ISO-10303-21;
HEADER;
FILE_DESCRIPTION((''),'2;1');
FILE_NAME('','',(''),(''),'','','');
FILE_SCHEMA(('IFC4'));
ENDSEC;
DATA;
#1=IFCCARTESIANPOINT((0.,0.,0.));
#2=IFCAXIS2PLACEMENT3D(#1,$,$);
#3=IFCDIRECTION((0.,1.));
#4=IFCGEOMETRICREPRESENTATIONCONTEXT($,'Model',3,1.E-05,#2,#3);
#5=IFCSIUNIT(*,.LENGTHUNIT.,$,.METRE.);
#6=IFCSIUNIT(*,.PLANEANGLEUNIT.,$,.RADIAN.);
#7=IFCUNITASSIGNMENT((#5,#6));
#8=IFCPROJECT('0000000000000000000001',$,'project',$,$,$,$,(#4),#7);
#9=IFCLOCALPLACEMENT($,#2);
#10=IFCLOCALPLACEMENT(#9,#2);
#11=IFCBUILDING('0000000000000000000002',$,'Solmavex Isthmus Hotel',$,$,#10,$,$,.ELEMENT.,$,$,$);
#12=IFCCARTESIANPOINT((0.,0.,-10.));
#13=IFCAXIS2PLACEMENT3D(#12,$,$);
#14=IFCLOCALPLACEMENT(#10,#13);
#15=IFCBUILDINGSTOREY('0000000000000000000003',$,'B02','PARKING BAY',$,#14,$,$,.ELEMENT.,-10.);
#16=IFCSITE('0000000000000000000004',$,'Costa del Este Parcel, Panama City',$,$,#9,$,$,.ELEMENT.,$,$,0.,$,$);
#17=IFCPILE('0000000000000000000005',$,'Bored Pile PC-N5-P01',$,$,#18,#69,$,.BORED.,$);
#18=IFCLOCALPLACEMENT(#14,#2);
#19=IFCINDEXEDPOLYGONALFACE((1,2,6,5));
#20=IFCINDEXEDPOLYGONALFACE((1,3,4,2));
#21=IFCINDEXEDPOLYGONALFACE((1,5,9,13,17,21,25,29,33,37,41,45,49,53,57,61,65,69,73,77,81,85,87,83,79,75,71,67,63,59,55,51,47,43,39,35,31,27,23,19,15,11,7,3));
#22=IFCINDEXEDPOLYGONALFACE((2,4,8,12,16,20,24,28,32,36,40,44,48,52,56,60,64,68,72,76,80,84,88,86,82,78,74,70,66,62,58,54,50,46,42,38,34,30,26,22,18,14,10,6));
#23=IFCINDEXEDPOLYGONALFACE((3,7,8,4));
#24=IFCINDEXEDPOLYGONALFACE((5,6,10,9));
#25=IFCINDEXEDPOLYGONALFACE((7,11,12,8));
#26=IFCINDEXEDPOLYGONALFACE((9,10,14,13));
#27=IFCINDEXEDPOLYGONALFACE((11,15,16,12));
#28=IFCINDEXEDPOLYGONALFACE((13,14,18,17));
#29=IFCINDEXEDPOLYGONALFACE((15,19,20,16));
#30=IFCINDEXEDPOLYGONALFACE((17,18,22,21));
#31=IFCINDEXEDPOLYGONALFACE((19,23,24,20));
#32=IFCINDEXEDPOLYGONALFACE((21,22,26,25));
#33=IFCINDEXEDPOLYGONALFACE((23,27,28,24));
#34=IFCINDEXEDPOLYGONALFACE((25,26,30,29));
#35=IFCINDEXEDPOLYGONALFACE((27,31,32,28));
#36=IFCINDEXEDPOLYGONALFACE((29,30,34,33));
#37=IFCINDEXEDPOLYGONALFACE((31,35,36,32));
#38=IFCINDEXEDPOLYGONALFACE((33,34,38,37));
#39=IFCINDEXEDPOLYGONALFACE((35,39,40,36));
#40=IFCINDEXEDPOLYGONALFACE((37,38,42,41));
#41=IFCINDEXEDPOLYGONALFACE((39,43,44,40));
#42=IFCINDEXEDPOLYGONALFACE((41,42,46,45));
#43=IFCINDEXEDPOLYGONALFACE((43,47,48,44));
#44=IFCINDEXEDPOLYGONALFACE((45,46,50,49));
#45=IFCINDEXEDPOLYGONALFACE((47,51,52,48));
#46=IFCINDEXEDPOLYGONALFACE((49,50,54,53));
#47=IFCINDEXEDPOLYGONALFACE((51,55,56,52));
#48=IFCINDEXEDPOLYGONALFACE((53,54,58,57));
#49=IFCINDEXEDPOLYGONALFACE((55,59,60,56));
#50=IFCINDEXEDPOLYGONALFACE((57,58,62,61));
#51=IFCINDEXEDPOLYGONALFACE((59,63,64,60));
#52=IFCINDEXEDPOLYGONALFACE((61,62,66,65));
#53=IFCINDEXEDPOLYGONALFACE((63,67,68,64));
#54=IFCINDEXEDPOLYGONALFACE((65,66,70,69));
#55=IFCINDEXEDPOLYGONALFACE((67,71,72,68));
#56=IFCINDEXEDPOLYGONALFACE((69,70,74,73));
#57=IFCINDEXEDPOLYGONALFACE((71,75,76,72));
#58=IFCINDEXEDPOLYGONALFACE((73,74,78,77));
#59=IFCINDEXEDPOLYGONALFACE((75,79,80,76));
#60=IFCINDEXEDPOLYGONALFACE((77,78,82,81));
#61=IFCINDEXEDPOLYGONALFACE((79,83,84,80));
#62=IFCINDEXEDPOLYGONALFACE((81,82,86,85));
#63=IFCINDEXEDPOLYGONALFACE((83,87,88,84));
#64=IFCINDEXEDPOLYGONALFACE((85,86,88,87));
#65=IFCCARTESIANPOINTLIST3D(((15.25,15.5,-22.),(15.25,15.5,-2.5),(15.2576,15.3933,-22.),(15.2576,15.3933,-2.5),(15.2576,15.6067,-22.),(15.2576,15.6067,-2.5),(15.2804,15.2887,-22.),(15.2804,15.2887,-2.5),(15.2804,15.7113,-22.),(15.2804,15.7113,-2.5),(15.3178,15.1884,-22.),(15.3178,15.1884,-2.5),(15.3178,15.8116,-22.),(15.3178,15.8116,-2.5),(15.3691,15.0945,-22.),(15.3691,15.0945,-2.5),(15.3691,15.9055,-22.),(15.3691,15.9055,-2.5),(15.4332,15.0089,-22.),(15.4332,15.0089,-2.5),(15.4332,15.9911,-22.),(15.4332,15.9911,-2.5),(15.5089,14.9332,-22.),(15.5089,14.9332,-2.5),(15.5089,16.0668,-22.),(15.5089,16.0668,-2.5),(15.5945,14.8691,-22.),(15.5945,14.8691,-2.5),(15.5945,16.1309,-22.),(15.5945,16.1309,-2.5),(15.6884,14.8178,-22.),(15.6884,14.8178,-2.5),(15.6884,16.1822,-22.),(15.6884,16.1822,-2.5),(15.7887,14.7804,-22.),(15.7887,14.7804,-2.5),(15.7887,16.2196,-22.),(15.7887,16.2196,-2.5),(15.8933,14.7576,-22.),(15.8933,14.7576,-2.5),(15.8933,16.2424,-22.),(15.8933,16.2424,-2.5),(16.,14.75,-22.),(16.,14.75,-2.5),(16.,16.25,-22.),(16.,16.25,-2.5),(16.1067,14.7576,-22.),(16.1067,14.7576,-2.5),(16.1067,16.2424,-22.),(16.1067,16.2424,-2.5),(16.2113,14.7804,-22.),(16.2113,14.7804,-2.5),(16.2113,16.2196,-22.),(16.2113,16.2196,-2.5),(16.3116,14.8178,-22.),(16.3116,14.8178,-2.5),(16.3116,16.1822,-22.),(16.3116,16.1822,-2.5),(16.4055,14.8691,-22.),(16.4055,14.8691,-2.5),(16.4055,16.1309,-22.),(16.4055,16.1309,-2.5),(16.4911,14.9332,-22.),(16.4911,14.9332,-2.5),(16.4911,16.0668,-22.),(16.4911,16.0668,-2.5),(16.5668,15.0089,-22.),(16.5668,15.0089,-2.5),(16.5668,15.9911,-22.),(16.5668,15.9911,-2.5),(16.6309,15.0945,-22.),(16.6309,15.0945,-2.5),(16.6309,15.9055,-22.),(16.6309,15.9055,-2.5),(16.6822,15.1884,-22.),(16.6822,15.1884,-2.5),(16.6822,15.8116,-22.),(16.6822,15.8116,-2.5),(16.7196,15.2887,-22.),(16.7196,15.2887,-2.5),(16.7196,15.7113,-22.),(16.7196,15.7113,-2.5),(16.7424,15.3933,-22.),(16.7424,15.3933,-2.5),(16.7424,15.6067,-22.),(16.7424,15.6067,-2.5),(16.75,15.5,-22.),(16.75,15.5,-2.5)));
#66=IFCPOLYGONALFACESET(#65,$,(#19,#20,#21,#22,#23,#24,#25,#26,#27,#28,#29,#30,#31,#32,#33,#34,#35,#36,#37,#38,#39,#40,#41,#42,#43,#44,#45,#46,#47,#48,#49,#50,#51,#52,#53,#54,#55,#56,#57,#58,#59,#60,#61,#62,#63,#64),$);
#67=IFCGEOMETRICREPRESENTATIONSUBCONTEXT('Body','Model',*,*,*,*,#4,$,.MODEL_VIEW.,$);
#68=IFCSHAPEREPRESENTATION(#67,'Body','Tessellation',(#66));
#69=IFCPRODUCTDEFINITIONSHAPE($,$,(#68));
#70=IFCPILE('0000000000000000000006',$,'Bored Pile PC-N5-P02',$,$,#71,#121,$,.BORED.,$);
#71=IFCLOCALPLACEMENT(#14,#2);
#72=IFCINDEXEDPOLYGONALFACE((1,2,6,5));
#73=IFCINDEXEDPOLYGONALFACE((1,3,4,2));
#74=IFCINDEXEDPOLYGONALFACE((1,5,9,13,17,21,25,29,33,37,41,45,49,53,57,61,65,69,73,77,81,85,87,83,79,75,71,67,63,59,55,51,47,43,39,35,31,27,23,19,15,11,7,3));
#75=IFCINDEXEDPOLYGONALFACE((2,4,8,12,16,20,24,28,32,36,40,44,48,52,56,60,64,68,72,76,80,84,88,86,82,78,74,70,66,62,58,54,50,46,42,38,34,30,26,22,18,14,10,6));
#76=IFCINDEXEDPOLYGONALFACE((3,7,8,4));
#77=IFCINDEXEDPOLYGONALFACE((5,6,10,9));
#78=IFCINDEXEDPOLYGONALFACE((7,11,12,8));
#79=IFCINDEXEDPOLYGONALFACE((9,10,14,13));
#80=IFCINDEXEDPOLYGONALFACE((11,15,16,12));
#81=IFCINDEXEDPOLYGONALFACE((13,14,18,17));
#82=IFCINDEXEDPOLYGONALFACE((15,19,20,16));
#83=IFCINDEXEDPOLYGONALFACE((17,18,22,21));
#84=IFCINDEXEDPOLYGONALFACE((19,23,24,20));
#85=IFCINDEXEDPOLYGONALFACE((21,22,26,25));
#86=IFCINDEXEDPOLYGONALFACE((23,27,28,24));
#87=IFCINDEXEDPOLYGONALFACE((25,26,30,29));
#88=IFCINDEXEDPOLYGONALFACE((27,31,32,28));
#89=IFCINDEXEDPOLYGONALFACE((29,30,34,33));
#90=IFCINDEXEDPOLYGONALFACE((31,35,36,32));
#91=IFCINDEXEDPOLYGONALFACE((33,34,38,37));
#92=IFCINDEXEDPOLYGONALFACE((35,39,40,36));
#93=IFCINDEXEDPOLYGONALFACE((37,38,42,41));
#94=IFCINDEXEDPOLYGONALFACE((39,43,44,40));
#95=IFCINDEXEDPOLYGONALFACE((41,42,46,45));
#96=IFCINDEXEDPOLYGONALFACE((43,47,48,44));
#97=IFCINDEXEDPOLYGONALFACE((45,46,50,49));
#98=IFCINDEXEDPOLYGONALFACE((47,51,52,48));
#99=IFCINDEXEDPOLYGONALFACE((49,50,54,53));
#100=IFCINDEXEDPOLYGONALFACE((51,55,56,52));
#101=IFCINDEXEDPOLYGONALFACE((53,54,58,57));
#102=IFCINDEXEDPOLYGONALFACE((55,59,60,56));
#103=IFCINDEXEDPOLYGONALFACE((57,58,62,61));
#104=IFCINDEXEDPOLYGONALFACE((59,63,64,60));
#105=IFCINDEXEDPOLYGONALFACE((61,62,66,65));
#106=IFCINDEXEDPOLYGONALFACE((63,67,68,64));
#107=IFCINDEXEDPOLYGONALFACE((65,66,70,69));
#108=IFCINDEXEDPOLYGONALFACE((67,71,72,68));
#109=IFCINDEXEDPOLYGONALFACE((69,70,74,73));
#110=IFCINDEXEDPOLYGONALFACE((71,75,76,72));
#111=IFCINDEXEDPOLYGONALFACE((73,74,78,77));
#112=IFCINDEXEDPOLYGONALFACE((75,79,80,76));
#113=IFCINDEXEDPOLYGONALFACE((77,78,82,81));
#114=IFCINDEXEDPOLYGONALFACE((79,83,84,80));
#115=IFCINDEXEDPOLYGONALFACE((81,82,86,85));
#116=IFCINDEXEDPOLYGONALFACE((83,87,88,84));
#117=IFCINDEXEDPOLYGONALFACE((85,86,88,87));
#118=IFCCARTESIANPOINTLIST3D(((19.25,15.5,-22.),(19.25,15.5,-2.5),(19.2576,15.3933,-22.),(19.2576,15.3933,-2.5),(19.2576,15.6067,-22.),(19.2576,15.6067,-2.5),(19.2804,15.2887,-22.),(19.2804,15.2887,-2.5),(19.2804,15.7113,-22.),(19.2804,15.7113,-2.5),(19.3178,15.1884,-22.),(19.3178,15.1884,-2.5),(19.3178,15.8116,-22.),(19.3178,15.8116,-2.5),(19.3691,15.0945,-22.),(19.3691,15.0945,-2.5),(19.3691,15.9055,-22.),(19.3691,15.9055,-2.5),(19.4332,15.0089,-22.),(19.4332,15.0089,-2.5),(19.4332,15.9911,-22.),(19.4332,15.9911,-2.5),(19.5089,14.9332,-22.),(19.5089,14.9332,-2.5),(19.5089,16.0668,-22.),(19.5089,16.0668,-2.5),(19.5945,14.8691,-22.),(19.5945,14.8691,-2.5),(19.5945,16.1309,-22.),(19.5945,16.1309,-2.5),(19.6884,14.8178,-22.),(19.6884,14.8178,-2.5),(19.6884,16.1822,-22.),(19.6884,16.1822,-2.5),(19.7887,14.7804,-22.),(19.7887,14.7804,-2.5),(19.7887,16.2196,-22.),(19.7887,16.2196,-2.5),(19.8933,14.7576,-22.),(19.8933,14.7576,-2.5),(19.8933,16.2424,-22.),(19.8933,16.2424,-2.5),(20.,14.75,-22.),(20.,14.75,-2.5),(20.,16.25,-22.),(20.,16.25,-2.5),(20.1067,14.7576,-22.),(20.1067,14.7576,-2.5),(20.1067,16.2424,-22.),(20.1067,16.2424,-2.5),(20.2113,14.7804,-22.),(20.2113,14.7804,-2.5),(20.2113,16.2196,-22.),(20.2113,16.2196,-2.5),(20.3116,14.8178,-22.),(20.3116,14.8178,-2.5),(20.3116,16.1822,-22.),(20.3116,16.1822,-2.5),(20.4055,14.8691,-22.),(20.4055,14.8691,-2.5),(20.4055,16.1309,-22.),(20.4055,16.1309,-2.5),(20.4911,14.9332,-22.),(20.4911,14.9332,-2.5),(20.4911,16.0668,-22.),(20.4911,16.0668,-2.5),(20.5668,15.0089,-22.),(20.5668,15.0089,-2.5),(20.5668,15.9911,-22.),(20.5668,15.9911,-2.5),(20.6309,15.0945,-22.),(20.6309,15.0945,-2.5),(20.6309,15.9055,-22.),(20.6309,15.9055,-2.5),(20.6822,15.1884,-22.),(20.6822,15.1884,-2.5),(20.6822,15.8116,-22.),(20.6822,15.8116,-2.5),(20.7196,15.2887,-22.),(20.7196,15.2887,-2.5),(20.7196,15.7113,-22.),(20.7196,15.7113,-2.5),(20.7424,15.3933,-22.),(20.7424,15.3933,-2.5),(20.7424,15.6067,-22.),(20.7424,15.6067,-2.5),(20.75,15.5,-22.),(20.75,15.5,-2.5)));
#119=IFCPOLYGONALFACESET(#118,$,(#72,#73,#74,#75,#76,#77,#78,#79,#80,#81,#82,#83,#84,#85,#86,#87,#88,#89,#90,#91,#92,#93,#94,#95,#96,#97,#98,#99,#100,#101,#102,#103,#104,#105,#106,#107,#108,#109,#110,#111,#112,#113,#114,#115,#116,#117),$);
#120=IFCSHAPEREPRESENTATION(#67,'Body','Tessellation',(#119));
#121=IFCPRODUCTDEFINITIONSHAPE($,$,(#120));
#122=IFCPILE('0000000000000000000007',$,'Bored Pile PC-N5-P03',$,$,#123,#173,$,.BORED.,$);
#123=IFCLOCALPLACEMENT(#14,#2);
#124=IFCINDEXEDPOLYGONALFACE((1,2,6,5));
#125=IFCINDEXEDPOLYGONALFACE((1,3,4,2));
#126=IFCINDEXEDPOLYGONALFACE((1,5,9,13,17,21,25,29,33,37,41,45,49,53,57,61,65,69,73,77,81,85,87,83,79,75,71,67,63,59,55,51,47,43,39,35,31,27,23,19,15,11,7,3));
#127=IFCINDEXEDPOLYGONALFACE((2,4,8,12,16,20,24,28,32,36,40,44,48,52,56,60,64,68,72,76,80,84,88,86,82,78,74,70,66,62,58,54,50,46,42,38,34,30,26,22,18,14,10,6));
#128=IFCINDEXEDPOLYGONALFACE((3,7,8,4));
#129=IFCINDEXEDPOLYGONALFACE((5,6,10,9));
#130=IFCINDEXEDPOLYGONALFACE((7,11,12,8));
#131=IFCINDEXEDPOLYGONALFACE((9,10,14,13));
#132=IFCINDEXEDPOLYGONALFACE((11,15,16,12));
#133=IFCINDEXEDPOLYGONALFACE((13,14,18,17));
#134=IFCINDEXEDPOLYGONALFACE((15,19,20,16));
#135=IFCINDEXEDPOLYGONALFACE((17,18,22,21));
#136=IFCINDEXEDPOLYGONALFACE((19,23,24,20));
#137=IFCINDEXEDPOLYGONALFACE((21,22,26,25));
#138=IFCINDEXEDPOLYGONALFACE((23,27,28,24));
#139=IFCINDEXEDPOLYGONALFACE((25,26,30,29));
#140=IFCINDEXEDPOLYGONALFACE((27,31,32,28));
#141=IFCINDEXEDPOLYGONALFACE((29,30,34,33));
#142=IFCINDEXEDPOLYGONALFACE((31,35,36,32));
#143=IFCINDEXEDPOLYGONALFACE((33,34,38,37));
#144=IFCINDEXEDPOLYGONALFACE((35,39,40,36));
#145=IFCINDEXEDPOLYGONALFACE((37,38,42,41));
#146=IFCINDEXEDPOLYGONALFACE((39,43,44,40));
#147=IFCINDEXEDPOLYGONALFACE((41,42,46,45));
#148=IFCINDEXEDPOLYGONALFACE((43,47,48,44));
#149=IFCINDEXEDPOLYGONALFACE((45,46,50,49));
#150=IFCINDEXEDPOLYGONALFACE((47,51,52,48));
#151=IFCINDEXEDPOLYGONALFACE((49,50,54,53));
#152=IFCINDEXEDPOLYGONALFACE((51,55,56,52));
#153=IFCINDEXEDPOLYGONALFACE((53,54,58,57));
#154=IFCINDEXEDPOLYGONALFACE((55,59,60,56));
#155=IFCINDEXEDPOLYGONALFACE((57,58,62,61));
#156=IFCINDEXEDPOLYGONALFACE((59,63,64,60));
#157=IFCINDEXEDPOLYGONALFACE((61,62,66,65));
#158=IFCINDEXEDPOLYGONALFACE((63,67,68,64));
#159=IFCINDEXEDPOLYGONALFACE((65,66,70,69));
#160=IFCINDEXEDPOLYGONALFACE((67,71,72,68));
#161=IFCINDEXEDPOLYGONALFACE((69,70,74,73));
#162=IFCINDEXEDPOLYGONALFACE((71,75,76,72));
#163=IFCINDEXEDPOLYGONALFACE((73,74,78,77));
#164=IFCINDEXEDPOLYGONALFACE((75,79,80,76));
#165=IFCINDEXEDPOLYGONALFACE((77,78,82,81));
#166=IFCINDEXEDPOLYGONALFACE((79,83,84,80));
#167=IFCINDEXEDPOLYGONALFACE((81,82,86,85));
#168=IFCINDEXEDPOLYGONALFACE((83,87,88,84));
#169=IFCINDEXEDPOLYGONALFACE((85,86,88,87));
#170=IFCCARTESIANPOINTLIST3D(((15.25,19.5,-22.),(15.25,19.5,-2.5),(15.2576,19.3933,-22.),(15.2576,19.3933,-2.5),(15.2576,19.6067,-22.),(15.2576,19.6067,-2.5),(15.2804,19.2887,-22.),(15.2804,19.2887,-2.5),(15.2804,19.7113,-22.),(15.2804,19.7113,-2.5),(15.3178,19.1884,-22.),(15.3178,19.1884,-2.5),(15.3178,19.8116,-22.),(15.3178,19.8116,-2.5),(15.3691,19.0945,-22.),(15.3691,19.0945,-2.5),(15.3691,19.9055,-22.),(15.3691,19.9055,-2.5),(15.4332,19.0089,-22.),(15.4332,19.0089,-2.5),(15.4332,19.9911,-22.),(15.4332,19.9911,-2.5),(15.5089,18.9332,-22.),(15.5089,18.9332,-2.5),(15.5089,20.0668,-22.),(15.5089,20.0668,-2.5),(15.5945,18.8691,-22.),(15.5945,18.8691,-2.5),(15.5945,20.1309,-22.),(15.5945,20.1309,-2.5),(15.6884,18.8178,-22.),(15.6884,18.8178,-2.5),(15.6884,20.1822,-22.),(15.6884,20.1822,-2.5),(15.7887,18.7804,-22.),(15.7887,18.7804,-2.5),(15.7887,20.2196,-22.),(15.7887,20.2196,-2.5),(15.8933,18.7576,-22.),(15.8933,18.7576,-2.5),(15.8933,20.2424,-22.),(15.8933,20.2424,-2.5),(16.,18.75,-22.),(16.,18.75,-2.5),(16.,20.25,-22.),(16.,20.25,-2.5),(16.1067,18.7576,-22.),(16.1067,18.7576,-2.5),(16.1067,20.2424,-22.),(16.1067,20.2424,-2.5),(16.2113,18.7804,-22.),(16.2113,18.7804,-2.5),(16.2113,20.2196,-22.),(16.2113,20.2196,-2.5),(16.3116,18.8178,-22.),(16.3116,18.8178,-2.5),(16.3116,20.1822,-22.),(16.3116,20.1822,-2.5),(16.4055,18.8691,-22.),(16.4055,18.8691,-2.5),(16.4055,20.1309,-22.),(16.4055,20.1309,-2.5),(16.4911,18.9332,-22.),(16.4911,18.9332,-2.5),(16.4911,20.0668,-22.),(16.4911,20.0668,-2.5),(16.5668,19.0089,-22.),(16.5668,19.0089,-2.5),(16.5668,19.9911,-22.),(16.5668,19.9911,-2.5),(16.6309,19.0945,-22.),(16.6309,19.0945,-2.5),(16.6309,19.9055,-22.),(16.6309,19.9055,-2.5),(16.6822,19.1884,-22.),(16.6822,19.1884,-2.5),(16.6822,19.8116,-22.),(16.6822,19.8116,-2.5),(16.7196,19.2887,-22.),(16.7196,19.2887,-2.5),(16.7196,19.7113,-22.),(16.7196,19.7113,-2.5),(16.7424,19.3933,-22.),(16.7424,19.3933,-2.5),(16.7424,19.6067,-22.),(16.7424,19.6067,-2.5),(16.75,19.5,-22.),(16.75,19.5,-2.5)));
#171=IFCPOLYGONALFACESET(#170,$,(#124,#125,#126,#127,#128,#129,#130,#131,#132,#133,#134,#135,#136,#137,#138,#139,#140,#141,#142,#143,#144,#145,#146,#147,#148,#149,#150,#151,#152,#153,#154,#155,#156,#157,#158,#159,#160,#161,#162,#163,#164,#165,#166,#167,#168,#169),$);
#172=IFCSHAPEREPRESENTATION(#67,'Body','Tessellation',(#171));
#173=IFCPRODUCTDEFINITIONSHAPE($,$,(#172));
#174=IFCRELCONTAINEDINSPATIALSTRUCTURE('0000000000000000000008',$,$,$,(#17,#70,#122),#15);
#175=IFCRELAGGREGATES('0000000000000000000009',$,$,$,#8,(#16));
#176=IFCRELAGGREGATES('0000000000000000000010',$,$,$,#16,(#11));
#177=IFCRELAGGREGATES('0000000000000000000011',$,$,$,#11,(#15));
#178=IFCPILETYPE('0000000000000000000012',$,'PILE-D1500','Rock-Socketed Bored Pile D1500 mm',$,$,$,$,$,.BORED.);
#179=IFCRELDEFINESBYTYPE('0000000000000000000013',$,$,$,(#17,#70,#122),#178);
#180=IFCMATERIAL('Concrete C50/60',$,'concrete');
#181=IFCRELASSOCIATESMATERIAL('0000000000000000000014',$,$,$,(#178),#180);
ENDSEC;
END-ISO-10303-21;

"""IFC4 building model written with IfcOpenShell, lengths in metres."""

from ifc_helpers import new_model, si_unit, direction, frame, origin, origin_2d, place, context, subcontext, project, spatial, circle, extrude, material, material_profile, profile_set, type_object, element, save


model = new_model("IFC4")

# Units and contexts
model_context = context("Model", 3, precision=1e-05, world=origin(), true_north=direction((0.0, 1.0)))
body_context = subcontext(model_context, "Body", "Model", "MODEL_VIEW")
ifc_project = project(units=[si_unit("LENGTHUNIT", "METRE"), si_unit("PLANEANGLEUNIT", "RADIAN")], contexts=[model_context])

# Site, building, storey
site_placement = place(None, origin())
site = spatial("IfcSite", under=ifc_project, at=site_placement, Name="Costa del Este Parcel, Panama City", CompositionType="ELEMENT", RefElevation=0.0)
building_placement = place(site_placement, origin())
building = spatial("IfcBuilding", under=site, at=building_placement, Name="Solmavex Isthmus Hotel", CompositionType="ELEMENT")
storey_placement = place(building_placement, frame((0.0, 0.0, -10.0)))
storey = spatial("IfcBuildingStorey", under=building, at=storey_placement, Name="B02", Description="PARKING BAY", CompositionType="ELEMENT", Elevation=-10.0)

# Shared definitions
ifc_material_1 = material(Name="Concrete C50/60", Category="concrete")

# Piles
ifc_material_profile_1 = material_profile(ifc_material_1, circle(Radius=0.75, at=origin_2d()), Name="PILE1500")
ifc_profile_set_1 = profile_set([ifc_material_profile_1], Name="Concrete C50/60")
pile_type = type_object("IfcPileType", Name="PILE-D1500", Description="Rock-Socketed Bored Pile D1500 mm", PredefinedType="BORED", material=ifc_profile_set_1)
for number, where, z_axis, x_axis, name in (
    (1, (16.0, 15.5, -2.5), (0.0, 0.0, -1.0), (1.0, 0.0, 0.0), "Bored Pile PC-N5-P01"),
    (2, (20.0, 15.5, -2.5), (0.0, 0.0, -1.0), (1.0, 0.0, 0.0), "Bored Pile PC-N5-P02"),
    (3, (16.0, 19.5, -2.5), (0.0, 0.0, -1.0), (1.0, 0.0, 0.0), "Bored Pile PC-N5-P03"),
):
    element("IfcPile", number, at=place(storey_placement, frame(where, z_axis=z_axis, x_axis=x_axis)), inside=storey, type_object=pile_type, Name=name, PredefinedType="BORED", context=body_context, shape_type="SweptSolid", body=[
        extrude(circle(Radius=0.75, at=origin_2d()), origin(), (0.0, 0.0, 1.0), 19.5),
    ])

save(model, "model.ifc")
